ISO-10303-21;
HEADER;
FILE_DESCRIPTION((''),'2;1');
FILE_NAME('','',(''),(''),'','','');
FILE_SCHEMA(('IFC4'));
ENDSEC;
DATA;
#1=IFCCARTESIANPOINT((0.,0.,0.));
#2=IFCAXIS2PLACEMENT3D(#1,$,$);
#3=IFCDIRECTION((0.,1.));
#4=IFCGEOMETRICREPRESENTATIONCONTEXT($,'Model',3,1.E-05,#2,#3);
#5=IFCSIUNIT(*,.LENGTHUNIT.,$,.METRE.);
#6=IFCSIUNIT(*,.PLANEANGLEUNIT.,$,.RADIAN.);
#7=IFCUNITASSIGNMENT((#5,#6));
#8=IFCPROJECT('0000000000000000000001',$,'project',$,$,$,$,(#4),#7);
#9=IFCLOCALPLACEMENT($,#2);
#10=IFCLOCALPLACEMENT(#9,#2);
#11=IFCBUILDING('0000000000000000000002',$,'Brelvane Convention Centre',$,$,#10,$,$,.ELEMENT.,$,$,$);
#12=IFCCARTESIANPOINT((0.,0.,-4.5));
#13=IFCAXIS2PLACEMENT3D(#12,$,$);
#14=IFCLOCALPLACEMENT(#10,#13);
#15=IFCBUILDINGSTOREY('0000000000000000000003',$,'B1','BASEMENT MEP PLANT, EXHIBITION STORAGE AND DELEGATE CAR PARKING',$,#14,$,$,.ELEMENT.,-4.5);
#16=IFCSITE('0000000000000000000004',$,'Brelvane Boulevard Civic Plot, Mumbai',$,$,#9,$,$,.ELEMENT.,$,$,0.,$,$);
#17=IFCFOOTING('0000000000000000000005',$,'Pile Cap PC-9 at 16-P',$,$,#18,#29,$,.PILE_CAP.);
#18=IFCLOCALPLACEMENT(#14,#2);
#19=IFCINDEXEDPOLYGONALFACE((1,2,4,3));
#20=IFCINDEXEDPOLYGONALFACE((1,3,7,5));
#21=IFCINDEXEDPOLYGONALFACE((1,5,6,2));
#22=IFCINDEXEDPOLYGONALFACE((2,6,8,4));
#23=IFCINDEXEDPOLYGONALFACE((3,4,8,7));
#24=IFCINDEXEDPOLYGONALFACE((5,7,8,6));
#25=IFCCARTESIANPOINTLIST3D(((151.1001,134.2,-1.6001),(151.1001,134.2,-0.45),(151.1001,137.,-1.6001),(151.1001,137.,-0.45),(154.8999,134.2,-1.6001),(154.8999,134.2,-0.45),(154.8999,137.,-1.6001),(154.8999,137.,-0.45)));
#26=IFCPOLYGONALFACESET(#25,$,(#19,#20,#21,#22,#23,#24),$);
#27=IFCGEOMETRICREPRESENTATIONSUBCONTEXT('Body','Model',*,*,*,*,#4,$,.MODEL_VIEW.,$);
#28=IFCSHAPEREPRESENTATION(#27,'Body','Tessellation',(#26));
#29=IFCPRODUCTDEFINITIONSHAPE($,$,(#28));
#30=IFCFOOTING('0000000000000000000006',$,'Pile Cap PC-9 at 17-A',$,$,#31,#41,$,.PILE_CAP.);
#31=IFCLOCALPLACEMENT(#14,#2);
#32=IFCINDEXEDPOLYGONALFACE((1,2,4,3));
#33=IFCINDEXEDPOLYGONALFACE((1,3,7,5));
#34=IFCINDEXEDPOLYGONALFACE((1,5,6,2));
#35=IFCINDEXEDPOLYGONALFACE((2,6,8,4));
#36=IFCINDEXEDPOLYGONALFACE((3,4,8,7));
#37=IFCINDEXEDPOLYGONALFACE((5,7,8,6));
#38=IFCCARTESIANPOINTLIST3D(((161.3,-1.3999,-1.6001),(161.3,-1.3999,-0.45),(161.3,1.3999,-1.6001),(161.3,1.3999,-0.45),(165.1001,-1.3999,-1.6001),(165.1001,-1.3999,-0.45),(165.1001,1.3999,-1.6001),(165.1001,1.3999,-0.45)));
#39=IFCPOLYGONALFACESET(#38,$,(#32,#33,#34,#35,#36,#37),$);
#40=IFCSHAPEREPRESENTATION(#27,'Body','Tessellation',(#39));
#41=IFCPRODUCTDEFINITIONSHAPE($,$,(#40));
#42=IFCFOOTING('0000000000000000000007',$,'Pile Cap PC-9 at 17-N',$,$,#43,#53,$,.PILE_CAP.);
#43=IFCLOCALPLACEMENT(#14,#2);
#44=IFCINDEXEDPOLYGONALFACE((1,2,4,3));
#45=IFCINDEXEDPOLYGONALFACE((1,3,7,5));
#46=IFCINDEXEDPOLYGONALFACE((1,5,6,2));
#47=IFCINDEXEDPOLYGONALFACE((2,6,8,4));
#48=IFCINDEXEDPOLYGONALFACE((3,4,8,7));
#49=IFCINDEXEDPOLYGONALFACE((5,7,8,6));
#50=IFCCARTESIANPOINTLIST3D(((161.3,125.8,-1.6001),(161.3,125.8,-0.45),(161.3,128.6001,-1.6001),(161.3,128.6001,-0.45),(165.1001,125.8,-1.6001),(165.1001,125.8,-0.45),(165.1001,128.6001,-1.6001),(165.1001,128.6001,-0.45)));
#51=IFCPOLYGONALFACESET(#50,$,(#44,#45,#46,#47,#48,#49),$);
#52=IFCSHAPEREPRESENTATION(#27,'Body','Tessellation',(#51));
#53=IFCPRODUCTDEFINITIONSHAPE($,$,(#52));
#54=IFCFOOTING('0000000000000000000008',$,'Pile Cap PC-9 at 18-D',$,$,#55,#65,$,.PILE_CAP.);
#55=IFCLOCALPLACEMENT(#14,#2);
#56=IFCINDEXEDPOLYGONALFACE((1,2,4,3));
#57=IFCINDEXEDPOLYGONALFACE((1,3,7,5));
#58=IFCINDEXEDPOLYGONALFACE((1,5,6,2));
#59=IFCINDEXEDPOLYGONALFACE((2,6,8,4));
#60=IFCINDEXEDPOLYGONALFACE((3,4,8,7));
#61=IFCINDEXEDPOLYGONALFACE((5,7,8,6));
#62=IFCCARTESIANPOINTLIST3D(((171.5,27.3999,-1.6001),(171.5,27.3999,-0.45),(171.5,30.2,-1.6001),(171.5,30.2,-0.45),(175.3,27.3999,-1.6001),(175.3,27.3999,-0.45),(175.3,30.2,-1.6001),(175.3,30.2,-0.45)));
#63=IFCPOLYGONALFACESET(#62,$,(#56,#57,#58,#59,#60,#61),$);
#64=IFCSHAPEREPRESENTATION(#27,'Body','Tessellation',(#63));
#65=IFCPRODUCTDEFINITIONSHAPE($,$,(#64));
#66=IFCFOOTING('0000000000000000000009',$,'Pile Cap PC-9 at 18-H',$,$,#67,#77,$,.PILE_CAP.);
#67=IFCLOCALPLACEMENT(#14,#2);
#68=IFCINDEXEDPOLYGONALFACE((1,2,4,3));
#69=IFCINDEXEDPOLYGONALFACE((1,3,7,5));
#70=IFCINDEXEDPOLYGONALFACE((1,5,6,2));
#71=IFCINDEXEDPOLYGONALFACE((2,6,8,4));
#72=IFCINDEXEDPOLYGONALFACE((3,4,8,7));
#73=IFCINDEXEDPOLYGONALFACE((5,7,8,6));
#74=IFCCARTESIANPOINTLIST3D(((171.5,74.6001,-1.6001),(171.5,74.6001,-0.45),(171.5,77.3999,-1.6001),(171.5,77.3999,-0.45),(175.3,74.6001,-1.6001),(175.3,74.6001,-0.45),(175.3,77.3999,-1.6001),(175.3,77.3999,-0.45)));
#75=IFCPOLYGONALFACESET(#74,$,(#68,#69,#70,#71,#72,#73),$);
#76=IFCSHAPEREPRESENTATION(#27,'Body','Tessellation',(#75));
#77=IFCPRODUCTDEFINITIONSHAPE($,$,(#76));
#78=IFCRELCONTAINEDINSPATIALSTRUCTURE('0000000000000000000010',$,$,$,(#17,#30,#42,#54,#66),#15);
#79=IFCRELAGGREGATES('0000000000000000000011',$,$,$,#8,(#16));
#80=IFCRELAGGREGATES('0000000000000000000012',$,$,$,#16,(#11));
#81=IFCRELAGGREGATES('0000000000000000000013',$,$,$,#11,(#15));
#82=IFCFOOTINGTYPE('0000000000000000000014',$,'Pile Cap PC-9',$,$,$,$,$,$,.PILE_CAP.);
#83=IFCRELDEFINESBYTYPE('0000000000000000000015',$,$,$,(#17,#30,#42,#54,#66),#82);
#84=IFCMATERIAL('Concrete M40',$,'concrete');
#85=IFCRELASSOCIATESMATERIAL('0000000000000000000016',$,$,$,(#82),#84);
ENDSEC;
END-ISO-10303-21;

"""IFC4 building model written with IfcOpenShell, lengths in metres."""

from ifc_helpers import new_model, si_unit, direction, frame, origin, place, context, subcontext, project, spatial, polyline, outline, extrude, material, type_object, element, save


model = new_model("IFC4")

# Units and contexts
model_context = context("Model", 3, precision=1e-05, world=origin(), true_north=direction((0.0, 1.0)))
body_context = subcontext(model_context, "Body", "Model", "MODEL_VIEW")
ifc_project = project(units=[si_unit("LENGTHUNIT", "METRE"), si_unit("PLANEANGLEUNIT", "RADIAN")], contexts=[model_context])

# Site, building, storey
site_placement = place(None, origin())
site = spatial("IfcSite", under=ifc_project, at=site_placement, Name="Brelvane Boulevard Civic Plot, Mumbai", CompositionType="ELEMENT", RefElevation=0.0)
building_placement = place(site_placement, origin())
building = spatial("IfcBuilding", under=site, at=building_placement, Name="Brelvane Convention Centre", CompositionType="ELEMENT")
storey_placement = place(building_placement, frame((0.0, 0.0, -4.5)))
storey = spatial("IfcBuildingStorey", under=building, at=storey_placement, Name="B1", Description="BASEMENT MEP PLANT, EXHIBITION STORAGE AND DELEGATE CAR PARKING", CompositionType="ELEMENT", Elevation=-4.5)

# Footings
ifc_material_1 = material(Name="Concrete M40", Category="concrete")
footing_type_1 = type_object("IfcFootingType", Name="Pile Cap PC-9", PredefinedType="PILE_CAP", material=ifc_material_1)
footing_1_placement = place(storey_placement, frame((0.0, 0.0, -1.6001)))
element("IfcFooting", 1, at=footing_1_placement, inside=storey, type_object=footing_type_1, Name="Pile Cap PC-9 at 16-P", PredefinedType="PILE_CAP", context=body_context, shape_type="SweptSolid", body=[
    extrude(outline(polyline([(151.1001, 134.2), (154.8999, 134.2), (154.8999, 137.0), (151.1001, 137.0), (151.1001, 134.2)])), origin(), (0.0, 0.0, 1.0), 1.1501),
])
footing_2_placement = place(storey_placement, frame((0.0, 0.0, -1.6001)))
element("IfcFooting", 2, at=footing_2_placement, inside=storey, type_object=footing_type_1, Name="Pile Cap PC-9 at 17-A", PredefinedType="PILE_CAP", context=body_context, shape_type="SweptSolid", body=[
    extrude(outline(polyline([(161.3, -1.3999), (165.1001, -1.3999), (165.1001, 1.3999), (161.3, 1.3999), (161.3, -1.3999)])), origin(), (0.0, 0.0, 1.0), 1.1501),
])
footing_3_placement = place(storey_placement, frame((0.0, 0.0, -1.6001)))
element("IfcFooting", 3, at=footing_3_placement, inside=storey, type_object=footing_type_1, Name="Pile Cap PC-9 at 17-N", PredefinedType="PILE_CAP", context=body_context, shape_type="SweptSolid", body=[
    extrude(outline(polyline([(161.3, 125.8), (165.1001, 125.8), (165.1001, 128.6001), (161.3, 128.6001), (161.3, 125.8)])), origin(), (0.0, 0.0, 1.0), 1.1501),
])
footing_4_placement = place(storey_placement, frame((0.0, 0.0, -1.6001)))
element("IfcFooting", 4, at=footing_4_placement, inside=storey, type_object=footing_type_1, Name="Pile Cap PC-9 at 18-D", PredefinedType="PILE_CAP", context=body_context, shape_type="SweptSolid", body=[
    extrude(outline(polyline([(171.5, 27.3999), (175.3, 27.3999), (175.3, 30.2), (171.5, 30.2), (171.5, 27.3999)])), origin(), (0.0, 0.0, 1.0), 1.1501),
])
footing_5_placement = place(storey_placement, frame((0.0, 0.0, -1.6001)))
element("IfcFooting", 5, at=footing_5_placement, inside=storey, type_object=footing_type_1, Name="Pile Cap PC-9 at 18-H", PredefinedType="PILE_CAP", context=body_context, shape_type="SweptSolid", body=[
    extrude(outline(polyline([(171.5, 74.6001), (175.3, 74.6001), (175.3, 77.3999), (171.5, 77.3999), (171.5, 74.6001)])), origin(), (0.0, 0.0, 1.0), 1.1501),
])

save(model, "model.ifc")
